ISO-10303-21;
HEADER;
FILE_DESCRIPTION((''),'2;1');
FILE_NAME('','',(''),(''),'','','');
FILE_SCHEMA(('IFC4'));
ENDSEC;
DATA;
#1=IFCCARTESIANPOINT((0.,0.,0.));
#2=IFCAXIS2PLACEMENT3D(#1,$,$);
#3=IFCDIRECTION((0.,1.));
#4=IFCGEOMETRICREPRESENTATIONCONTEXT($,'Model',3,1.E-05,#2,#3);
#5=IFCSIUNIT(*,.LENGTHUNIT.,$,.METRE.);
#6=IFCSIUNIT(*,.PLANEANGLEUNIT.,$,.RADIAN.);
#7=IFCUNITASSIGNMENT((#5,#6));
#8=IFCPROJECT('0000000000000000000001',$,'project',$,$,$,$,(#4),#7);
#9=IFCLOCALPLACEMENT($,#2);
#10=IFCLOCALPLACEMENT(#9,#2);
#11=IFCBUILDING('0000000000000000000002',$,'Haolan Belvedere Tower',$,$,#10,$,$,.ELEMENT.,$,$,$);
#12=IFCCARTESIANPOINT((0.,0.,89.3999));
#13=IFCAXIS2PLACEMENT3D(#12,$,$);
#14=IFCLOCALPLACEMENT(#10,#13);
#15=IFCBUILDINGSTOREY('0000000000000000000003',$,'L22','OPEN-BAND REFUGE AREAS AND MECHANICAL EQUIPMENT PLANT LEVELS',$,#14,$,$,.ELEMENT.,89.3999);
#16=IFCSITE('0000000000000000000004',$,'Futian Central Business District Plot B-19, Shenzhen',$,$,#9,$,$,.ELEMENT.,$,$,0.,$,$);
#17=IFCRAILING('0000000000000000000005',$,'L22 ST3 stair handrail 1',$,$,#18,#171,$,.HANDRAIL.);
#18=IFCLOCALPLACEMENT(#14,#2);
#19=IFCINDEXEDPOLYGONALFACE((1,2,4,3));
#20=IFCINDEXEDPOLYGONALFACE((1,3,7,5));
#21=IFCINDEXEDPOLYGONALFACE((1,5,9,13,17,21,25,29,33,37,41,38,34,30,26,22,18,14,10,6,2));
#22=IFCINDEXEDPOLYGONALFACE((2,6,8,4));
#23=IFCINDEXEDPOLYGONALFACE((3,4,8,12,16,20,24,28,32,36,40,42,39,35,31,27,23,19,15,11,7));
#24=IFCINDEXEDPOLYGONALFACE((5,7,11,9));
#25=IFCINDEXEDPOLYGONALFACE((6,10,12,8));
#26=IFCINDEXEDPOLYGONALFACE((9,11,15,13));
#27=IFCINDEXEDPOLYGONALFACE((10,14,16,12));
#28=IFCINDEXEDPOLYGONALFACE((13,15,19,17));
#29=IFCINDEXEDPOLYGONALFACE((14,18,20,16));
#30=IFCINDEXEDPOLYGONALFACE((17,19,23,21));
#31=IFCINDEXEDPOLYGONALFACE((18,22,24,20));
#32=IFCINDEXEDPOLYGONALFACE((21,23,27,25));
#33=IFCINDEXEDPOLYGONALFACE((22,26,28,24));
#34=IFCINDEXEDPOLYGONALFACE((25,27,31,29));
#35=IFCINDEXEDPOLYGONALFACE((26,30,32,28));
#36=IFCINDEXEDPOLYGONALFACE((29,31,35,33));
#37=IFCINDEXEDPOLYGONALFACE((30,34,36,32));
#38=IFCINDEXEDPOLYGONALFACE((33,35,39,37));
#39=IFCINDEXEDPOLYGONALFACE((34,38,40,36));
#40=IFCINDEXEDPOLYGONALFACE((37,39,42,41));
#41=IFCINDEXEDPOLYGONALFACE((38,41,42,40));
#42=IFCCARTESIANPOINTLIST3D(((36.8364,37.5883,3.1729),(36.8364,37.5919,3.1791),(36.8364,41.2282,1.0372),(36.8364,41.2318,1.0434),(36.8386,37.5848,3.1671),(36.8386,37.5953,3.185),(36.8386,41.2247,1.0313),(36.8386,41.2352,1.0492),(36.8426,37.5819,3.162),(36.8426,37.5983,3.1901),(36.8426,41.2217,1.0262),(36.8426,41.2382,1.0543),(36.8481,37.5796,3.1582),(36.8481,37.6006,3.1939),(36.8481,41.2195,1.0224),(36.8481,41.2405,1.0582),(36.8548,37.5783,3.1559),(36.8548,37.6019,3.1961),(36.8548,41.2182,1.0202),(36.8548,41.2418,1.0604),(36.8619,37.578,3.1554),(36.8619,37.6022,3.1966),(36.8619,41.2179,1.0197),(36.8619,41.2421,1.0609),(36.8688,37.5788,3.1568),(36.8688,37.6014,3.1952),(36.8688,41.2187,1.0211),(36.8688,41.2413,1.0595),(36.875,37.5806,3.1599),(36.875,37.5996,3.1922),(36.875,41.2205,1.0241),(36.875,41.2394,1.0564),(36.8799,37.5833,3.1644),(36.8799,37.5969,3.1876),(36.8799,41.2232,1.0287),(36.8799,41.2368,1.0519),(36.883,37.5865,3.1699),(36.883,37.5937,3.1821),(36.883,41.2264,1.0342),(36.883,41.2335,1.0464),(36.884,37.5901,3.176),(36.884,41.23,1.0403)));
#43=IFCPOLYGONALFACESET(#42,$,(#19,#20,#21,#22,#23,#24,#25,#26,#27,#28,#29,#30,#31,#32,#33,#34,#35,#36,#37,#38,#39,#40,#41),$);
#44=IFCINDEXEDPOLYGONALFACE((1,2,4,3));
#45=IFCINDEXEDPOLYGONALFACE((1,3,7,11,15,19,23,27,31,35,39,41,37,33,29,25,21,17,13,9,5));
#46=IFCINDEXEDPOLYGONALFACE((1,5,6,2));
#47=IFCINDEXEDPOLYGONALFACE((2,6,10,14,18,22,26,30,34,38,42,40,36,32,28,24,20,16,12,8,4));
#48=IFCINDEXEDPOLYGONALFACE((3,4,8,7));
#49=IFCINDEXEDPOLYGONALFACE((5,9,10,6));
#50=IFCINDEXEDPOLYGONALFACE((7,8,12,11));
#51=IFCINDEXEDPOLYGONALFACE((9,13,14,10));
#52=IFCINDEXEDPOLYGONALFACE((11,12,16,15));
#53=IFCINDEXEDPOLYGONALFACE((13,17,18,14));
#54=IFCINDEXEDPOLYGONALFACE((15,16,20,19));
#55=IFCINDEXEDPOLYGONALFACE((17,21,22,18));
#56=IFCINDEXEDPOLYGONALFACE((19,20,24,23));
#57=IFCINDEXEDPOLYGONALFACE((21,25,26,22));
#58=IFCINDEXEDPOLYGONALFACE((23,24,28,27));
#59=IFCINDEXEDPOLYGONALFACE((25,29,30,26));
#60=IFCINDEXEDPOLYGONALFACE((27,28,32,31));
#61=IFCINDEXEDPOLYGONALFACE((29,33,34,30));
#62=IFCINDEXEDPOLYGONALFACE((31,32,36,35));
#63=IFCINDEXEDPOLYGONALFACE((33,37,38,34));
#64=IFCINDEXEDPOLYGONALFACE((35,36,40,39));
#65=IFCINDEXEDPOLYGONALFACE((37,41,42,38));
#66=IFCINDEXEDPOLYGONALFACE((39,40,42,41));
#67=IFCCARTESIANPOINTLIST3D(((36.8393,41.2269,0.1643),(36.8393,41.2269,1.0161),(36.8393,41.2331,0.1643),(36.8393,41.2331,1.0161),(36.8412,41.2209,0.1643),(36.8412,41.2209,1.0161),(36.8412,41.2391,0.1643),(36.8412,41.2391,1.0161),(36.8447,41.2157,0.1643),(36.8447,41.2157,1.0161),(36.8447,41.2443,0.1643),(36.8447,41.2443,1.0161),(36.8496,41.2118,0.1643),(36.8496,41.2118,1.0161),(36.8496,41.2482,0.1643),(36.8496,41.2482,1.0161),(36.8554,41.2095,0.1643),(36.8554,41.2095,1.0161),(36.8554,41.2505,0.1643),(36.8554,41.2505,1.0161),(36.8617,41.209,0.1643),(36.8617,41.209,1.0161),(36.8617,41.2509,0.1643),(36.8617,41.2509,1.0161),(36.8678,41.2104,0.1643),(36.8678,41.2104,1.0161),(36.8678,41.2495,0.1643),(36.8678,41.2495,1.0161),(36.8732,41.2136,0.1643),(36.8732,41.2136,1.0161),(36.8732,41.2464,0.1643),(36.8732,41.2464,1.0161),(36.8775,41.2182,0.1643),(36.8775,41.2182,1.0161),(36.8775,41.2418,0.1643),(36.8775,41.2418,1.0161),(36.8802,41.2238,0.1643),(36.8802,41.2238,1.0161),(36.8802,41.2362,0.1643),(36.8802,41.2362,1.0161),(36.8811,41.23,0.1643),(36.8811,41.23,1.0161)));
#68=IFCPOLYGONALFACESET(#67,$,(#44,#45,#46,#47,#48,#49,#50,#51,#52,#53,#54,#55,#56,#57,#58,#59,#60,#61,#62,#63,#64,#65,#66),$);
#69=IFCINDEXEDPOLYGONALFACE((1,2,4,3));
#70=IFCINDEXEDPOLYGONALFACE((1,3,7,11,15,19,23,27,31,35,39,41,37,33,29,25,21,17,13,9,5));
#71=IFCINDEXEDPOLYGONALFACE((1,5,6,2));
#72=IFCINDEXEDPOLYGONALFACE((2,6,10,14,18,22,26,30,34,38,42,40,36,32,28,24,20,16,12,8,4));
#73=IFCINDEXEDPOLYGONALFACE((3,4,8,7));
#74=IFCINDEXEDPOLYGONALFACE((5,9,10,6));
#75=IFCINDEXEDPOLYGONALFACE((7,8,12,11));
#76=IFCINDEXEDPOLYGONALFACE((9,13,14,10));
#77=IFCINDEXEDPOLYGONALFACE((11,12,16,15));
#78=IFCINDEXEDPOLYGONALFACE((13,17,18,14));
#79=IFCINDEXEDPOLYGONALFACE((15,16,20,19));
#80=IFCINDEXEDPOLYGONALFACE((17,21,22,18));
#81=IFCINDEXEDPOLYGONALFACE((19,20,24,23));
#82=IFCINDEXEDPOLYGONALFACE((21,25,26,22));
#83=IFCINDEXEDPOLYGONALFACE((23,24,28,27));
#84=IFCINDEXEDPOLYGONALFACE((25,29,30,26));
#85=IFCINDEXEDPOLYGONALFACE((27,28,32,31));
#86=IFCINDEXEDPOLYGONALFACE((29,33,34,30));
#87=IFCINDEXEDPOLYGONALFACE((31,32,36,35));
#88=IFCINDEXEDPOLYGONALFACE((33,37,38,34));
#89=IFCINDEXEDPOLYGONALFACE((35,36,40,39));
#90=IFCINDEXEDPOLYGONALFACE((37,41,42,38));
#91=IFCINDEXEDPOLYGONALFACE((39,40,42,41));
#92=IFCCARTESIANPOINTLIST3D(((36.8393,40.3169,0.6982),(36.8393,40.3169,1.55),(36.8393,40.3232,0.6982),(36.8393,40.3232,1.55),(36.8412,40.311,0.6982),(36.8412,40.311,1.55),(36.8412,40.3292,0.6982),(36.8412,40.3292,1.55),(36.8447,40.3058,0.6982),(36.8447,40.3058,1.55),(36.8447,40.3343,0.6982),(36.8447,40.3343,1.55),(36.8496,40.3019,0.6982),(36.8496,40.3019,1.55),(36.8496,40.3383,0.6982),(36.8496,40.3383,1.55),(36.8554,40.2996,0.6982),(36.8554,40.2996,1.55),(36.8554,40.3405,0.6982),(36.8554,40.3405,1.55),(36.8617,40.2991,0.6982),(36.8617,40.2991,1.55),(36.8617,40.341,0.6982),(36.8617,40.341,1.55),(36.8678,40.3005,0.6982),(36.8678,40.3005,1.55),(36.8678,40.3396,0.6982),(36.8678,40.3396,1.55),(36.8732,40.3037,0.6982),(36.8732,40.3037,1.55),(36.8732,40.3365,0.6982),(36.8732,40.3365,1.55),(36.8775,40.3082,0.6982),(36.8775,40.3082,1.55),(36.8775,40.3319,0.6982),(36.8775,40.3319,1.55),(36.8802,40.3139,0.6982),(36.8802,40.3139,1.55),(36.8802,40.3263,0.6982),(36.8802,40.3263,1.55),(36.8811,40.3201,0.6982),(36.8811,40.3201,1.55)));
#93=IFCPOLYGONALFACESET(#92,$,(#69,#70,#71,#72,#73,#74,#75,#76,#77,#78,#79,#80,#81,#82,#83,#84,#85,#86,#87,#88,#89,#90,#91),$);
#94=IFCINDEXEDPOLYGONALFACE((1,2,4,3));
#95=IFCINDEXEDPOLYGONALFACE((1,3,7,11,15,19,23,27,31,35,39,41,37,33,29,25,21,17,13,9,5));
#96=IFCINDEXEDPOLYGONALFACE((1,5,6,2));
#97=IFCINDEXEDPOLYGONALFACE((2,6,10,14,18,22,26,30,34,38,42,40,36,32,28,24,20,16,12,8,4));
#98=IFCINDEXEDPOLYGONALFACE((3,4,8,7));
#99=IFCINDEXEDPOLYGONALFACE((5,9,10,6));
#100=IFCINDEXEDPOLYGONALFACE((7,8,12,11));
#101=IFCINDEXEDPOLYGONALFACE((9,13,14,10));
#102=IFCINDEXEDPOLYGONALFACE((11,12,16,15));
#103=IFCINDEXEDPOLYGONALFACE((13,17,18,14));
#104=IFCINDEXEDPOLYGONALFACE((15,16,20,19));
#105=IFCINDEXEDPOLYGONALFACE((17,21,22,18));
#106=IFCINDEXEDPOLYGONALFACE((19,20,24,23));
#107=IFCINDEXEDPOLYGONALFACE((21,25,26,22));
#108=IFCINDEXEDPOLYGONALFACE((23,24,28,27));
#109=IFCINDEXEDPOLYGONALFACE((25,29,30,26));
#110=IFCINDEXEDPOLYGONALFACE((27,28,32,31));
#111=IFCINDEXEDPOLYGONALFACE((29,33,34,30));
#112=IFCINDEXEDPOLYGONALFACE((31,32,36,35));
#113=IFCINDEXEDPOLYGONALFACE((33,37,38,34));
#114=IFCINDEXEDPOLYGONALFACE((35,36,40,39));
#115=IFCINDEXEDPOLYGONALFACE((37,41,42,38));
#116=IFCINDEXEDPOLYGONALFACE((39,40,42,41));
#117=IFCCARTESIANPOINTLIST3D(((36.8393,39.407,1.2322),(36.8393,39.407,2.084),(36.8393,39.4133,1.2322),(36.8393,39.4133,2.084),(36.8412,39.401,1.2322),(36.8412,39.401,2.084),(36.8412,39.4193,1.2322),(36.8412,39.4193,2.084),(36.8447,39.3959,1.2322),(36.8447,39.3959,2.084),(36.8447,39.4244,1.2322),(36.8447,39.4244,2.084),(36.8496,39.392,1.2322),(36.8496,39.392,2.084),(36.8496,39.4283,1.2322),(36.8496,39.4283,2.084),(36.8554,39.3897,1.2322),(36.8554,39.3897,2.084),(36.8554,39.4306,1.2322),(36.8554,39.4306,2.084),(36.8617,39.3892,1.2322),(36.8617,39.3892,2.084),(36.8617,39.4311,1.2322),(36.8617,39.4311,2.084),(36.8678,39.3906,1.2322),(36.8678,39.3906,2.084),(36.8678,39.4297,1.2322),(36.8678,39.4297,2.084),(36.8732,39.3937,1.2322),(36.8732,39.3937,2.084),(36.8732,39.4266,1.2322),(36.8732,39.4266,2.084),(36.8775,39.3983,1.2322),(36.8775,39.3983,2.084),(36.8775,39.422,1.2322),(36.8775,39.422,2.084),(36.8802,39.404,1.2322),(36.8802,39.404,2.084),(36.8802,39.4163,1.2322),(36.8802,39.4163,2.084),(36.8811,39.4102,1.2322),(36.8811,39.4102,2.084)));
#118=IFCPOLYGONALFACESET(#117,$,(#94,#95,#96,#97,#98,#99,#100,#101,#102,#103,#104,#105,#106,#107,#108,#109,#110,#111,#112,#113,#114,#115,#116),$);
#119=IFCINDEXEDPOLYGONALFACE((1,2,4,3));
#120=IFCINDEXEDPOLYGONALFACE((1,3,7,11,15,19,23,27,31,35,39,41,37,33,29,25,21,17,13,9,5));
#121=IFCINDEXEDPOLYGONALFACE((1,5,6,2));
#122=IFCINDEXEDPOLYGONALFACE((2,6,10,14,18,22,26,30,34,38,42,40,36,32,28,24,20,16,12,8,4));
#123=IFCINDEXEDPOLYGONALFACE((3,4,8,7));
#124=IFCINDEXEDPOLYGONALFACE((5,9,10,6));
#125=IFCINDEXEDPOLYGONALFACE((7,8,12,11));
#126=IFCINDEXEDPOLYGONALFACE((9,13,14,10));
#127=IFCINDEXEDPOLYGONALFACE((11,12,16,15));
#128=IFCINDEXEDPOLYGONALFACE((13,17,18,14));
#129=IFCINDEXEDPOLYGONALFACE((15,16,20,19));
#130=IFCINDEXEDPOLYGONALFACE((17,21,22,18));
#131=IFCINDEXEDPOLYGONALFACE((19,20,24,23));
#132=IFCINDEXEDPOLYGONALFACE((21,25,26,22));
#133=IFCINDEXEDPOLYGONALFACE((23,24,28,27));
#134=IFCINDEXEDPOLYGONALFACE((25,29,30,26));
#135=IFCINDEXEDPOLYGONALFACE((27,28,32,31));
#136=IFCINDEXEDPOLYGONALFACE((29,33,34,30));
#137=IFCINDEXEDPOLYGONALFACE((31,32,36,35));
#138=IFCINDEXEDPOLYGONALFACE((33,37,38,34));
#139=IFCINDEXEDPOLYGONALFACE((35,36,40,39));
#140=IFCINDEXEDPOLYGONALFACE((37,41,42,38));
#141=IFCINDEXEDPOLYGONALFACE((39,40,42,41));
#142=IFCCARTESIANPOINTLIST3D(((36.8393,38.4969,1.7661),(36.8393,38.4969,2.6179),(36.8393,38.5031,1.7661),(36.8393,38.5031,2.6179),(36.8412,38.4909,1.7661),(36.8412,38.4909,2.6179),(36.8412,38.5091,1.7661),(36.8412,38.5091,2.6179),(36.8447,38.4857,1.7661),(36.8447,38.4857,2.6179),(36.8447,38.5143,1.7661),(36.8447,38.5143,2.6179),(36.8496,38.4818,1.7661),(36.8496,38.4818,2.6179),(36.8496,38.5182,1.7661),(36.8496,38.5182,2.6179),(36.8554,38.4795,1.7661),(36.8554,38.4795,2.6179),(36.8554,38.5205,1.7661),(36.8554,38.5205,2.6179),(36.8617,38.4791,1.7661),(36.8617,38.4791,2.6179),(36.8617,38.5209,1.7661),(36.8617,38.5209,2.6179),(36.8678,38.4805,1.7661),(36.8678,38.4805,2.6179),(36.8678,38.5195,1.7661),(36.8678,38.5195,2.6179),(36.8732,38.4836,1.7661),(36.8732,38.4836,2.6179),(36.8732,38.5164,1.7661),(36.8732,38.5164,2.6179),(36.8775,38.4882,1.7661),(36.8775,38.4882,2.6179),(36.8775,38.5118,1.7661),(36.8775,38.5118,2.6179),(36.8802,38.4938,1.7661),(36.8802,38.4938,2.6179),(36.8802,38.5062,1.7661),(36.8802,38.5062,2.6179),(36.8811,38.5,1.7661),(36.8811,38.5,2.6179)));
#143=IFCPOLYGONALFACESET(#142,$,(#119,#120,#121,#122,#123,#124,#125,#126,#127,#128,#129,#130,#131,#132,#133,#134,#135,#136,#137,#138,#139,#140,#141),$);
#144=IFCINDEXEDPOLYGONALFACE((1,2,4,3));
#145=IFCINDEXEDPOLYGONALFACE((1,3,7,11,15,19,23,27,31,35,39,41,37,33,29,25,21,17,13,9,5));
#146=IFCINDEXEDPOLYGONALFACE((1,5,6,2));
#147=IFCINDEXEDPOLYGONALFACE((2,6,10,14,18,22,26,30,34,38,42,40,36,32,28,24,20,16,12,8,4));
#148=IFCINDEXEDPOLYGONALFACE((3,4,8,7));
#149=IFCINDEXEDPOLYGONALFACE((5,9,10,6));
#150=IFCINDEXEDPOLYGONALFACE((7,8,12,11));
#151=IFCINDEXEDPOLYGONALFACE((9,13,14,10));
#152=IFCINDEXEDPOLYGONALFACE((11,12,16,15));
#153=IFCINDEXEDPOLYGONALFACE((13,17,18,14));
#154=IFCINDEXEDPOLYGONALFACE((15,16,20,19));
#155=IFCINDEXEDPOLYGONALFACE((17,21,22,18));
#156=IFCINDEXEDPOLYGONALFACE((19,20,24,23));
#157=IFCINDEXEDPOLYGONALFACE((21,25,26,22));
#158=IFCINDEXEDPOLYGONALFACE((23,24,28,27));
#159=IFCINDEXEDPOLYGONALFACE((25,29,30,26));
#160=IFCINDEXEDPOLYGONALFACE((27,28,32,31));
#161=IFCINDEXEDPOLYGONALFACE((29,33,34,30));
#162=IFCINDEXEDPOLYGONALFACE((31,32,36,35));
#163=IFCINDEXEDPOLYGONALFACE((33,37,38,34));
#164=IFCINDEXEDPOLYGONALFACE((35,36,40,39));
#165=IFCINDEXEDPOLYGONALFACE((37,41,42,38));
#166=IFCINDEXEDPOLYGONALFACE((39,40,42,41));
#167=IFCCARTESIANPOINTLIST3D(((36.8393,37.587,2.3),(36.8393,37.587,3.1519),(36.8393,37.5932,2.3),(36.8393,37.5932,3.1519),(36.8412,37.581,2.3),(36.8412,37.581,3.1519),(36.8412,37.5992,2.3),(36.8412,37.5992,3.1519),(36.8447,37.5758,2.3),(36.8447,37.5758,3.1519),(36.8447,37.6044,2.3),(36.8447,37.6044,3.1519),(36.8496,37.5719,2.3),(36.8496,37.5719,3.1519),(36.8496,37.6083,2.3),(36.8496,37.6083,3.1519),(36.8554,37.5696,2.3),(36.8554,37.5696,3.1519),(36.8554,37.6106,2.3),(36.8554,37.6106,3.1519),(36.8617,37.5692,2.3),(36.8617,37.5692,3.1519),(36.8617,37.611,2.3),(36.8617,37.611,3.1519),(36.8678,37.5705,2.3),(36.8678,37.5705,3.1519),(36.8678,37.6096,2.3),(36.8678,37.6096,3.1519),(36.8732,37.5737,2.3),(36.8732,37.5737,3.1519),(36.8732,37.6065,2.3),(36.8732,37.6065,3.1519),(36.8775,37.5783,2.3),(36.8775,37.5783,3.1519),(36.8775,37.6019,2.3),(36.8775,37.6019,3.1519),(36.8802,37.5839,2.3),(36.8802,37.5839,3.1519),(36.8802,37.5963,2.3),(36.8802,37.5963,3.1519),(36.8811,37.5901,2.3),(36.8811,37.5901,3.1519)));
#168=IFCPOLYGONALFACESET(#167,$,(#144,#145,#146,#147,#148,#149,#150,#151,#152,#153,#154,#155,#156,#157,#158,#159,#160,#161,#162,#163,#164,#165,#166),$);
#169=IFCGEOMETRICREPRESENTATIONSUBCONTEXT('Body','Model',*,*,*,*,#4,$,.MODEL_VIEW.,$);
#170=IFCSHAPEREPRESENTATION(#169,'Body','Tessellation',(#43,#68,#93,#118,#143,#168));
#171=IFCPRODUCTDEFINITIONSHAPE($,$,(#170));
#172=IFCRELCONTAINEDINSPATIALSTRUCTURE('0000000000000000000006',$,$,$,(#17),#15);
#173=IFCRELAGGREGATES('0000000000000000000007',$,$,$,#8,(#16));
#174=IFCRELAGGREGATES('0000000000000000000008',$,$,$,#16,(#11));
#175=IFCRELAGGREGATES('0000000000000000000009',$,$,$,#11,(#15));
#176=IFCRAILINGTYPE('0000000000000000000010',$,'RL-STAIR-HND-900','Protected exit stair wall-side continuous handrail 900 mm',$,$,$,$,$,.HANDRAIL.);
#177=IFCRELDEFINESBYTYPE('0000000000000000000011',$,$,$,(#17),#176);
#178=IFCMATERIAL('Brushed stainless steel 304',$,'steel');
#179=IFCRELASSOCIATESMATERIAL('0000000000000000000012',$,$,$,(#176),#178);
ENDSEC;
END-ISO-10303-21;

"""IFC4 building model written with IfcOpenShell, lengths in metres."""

from ifc_helpers import new_model, si_unit, direction, frame, origin, origin_2d, place, context, subcontext, project, spatial, circle, extrude, material, type_object, element, save


model = new_model("IFC4")

# Units and contexts
model_context = context("Model", 3, precision=1e-05, world=origin(), true_north=direction((0.0, 1.0)))
body_context = subcontext(model_context, "Body", "Model", "MODEL_VIEW")
ifc_project = project(units=[si_unit("LENGTHUNIT", "METRE"), si_unit("PLANEANGLEUNIT", "RADIAN")], contexts=[model_context])

# Site, building, storey
site_placement = place(None, origin())
site = spatial("IfcSite", under=ifc_project, at=site_placement, Name="Futian Central Business District Plot B-19, Shenzhen", CompositionType="ELEMENT", RefElevation=0.0)
building_placement = place(site_placement, origin())
building = spatial("IfcBuilding", under=site, at=building_placement, Name="Haolan Belvedere Tower", CompositionType="ELEMENT")
storey_placement = place(building_placement, frame((0.0, 0.0, 89.3999)))
storey = spatial("IfcBuildingStorey", under=building, at=storey_placement, Name="L22", Description="OPEN-BAND REFUGE AREAS AND MECHANICAL EQUIPMENT PLANT LEVELS", CompositionType="ELEMENT", Elevation=89.3999)

# Railing
ifc_material_1 = material(Name="Brushed stainless steel 304", Category="steel")
railing_type_1 = type_object("IfcRailingType", Name="RL-STAIR-HND-900", Description="Protected exit stair wall-side continuous handrail 900 mm", PredefinedType="HANDRAIL", material=ifc_material_1)
for number, where, name in (
    (1, (36.8601, 41.23, 0.1643), "L22 ST3 stair handrail 1"),
):
    element("IfcRailing", number, at=place(storey_placement, frame(where)), inside=storey, type_object=railing_type_1, Name=name, PredefinedType="HANDRAIL", context=body_context, shape_type="SweptSolid", body=[
        extrude(circle(Radius=0.0239, at=origin_2d()), frame((0.0, 0.0, 0.876), z_axis=(0.0, -0.86249, 0.506074), x_axis=(1.0, 0.0, 0.0)), (0.0, 0.0, 1.0), 4.2202),
        extrude(circle(Radius=0.021, at=origin_2d()), origin(), (0.0, 0.0, 1.0), 0.8518),
        extrude(circle(Radius=0.021, at=origin_2d()), frame((0.0, -0.9099, 0.5339)), (0.0, 0.0, 1.0), 0.8518),
        extrude(circle(Radius=0.021, at=origin_2d()), frame((0.0, -1.8198, 1.0679)), (0.0, 0.0, 1.0), 0.8518),
        extrude(circle(Radius=0.021, at=origin_2d()), frame((0.0, -2.73, 1.6018)), (0.0, 0.0, 1.0), 0.8518),
        extrude(circle(Radius=0.021, at=origin_2d()), frame((0.0, -3.6399, 2.1357)), (0.0, 0.0, 1.0), 0.8518),
    ])

save(model, "model.ifc")
